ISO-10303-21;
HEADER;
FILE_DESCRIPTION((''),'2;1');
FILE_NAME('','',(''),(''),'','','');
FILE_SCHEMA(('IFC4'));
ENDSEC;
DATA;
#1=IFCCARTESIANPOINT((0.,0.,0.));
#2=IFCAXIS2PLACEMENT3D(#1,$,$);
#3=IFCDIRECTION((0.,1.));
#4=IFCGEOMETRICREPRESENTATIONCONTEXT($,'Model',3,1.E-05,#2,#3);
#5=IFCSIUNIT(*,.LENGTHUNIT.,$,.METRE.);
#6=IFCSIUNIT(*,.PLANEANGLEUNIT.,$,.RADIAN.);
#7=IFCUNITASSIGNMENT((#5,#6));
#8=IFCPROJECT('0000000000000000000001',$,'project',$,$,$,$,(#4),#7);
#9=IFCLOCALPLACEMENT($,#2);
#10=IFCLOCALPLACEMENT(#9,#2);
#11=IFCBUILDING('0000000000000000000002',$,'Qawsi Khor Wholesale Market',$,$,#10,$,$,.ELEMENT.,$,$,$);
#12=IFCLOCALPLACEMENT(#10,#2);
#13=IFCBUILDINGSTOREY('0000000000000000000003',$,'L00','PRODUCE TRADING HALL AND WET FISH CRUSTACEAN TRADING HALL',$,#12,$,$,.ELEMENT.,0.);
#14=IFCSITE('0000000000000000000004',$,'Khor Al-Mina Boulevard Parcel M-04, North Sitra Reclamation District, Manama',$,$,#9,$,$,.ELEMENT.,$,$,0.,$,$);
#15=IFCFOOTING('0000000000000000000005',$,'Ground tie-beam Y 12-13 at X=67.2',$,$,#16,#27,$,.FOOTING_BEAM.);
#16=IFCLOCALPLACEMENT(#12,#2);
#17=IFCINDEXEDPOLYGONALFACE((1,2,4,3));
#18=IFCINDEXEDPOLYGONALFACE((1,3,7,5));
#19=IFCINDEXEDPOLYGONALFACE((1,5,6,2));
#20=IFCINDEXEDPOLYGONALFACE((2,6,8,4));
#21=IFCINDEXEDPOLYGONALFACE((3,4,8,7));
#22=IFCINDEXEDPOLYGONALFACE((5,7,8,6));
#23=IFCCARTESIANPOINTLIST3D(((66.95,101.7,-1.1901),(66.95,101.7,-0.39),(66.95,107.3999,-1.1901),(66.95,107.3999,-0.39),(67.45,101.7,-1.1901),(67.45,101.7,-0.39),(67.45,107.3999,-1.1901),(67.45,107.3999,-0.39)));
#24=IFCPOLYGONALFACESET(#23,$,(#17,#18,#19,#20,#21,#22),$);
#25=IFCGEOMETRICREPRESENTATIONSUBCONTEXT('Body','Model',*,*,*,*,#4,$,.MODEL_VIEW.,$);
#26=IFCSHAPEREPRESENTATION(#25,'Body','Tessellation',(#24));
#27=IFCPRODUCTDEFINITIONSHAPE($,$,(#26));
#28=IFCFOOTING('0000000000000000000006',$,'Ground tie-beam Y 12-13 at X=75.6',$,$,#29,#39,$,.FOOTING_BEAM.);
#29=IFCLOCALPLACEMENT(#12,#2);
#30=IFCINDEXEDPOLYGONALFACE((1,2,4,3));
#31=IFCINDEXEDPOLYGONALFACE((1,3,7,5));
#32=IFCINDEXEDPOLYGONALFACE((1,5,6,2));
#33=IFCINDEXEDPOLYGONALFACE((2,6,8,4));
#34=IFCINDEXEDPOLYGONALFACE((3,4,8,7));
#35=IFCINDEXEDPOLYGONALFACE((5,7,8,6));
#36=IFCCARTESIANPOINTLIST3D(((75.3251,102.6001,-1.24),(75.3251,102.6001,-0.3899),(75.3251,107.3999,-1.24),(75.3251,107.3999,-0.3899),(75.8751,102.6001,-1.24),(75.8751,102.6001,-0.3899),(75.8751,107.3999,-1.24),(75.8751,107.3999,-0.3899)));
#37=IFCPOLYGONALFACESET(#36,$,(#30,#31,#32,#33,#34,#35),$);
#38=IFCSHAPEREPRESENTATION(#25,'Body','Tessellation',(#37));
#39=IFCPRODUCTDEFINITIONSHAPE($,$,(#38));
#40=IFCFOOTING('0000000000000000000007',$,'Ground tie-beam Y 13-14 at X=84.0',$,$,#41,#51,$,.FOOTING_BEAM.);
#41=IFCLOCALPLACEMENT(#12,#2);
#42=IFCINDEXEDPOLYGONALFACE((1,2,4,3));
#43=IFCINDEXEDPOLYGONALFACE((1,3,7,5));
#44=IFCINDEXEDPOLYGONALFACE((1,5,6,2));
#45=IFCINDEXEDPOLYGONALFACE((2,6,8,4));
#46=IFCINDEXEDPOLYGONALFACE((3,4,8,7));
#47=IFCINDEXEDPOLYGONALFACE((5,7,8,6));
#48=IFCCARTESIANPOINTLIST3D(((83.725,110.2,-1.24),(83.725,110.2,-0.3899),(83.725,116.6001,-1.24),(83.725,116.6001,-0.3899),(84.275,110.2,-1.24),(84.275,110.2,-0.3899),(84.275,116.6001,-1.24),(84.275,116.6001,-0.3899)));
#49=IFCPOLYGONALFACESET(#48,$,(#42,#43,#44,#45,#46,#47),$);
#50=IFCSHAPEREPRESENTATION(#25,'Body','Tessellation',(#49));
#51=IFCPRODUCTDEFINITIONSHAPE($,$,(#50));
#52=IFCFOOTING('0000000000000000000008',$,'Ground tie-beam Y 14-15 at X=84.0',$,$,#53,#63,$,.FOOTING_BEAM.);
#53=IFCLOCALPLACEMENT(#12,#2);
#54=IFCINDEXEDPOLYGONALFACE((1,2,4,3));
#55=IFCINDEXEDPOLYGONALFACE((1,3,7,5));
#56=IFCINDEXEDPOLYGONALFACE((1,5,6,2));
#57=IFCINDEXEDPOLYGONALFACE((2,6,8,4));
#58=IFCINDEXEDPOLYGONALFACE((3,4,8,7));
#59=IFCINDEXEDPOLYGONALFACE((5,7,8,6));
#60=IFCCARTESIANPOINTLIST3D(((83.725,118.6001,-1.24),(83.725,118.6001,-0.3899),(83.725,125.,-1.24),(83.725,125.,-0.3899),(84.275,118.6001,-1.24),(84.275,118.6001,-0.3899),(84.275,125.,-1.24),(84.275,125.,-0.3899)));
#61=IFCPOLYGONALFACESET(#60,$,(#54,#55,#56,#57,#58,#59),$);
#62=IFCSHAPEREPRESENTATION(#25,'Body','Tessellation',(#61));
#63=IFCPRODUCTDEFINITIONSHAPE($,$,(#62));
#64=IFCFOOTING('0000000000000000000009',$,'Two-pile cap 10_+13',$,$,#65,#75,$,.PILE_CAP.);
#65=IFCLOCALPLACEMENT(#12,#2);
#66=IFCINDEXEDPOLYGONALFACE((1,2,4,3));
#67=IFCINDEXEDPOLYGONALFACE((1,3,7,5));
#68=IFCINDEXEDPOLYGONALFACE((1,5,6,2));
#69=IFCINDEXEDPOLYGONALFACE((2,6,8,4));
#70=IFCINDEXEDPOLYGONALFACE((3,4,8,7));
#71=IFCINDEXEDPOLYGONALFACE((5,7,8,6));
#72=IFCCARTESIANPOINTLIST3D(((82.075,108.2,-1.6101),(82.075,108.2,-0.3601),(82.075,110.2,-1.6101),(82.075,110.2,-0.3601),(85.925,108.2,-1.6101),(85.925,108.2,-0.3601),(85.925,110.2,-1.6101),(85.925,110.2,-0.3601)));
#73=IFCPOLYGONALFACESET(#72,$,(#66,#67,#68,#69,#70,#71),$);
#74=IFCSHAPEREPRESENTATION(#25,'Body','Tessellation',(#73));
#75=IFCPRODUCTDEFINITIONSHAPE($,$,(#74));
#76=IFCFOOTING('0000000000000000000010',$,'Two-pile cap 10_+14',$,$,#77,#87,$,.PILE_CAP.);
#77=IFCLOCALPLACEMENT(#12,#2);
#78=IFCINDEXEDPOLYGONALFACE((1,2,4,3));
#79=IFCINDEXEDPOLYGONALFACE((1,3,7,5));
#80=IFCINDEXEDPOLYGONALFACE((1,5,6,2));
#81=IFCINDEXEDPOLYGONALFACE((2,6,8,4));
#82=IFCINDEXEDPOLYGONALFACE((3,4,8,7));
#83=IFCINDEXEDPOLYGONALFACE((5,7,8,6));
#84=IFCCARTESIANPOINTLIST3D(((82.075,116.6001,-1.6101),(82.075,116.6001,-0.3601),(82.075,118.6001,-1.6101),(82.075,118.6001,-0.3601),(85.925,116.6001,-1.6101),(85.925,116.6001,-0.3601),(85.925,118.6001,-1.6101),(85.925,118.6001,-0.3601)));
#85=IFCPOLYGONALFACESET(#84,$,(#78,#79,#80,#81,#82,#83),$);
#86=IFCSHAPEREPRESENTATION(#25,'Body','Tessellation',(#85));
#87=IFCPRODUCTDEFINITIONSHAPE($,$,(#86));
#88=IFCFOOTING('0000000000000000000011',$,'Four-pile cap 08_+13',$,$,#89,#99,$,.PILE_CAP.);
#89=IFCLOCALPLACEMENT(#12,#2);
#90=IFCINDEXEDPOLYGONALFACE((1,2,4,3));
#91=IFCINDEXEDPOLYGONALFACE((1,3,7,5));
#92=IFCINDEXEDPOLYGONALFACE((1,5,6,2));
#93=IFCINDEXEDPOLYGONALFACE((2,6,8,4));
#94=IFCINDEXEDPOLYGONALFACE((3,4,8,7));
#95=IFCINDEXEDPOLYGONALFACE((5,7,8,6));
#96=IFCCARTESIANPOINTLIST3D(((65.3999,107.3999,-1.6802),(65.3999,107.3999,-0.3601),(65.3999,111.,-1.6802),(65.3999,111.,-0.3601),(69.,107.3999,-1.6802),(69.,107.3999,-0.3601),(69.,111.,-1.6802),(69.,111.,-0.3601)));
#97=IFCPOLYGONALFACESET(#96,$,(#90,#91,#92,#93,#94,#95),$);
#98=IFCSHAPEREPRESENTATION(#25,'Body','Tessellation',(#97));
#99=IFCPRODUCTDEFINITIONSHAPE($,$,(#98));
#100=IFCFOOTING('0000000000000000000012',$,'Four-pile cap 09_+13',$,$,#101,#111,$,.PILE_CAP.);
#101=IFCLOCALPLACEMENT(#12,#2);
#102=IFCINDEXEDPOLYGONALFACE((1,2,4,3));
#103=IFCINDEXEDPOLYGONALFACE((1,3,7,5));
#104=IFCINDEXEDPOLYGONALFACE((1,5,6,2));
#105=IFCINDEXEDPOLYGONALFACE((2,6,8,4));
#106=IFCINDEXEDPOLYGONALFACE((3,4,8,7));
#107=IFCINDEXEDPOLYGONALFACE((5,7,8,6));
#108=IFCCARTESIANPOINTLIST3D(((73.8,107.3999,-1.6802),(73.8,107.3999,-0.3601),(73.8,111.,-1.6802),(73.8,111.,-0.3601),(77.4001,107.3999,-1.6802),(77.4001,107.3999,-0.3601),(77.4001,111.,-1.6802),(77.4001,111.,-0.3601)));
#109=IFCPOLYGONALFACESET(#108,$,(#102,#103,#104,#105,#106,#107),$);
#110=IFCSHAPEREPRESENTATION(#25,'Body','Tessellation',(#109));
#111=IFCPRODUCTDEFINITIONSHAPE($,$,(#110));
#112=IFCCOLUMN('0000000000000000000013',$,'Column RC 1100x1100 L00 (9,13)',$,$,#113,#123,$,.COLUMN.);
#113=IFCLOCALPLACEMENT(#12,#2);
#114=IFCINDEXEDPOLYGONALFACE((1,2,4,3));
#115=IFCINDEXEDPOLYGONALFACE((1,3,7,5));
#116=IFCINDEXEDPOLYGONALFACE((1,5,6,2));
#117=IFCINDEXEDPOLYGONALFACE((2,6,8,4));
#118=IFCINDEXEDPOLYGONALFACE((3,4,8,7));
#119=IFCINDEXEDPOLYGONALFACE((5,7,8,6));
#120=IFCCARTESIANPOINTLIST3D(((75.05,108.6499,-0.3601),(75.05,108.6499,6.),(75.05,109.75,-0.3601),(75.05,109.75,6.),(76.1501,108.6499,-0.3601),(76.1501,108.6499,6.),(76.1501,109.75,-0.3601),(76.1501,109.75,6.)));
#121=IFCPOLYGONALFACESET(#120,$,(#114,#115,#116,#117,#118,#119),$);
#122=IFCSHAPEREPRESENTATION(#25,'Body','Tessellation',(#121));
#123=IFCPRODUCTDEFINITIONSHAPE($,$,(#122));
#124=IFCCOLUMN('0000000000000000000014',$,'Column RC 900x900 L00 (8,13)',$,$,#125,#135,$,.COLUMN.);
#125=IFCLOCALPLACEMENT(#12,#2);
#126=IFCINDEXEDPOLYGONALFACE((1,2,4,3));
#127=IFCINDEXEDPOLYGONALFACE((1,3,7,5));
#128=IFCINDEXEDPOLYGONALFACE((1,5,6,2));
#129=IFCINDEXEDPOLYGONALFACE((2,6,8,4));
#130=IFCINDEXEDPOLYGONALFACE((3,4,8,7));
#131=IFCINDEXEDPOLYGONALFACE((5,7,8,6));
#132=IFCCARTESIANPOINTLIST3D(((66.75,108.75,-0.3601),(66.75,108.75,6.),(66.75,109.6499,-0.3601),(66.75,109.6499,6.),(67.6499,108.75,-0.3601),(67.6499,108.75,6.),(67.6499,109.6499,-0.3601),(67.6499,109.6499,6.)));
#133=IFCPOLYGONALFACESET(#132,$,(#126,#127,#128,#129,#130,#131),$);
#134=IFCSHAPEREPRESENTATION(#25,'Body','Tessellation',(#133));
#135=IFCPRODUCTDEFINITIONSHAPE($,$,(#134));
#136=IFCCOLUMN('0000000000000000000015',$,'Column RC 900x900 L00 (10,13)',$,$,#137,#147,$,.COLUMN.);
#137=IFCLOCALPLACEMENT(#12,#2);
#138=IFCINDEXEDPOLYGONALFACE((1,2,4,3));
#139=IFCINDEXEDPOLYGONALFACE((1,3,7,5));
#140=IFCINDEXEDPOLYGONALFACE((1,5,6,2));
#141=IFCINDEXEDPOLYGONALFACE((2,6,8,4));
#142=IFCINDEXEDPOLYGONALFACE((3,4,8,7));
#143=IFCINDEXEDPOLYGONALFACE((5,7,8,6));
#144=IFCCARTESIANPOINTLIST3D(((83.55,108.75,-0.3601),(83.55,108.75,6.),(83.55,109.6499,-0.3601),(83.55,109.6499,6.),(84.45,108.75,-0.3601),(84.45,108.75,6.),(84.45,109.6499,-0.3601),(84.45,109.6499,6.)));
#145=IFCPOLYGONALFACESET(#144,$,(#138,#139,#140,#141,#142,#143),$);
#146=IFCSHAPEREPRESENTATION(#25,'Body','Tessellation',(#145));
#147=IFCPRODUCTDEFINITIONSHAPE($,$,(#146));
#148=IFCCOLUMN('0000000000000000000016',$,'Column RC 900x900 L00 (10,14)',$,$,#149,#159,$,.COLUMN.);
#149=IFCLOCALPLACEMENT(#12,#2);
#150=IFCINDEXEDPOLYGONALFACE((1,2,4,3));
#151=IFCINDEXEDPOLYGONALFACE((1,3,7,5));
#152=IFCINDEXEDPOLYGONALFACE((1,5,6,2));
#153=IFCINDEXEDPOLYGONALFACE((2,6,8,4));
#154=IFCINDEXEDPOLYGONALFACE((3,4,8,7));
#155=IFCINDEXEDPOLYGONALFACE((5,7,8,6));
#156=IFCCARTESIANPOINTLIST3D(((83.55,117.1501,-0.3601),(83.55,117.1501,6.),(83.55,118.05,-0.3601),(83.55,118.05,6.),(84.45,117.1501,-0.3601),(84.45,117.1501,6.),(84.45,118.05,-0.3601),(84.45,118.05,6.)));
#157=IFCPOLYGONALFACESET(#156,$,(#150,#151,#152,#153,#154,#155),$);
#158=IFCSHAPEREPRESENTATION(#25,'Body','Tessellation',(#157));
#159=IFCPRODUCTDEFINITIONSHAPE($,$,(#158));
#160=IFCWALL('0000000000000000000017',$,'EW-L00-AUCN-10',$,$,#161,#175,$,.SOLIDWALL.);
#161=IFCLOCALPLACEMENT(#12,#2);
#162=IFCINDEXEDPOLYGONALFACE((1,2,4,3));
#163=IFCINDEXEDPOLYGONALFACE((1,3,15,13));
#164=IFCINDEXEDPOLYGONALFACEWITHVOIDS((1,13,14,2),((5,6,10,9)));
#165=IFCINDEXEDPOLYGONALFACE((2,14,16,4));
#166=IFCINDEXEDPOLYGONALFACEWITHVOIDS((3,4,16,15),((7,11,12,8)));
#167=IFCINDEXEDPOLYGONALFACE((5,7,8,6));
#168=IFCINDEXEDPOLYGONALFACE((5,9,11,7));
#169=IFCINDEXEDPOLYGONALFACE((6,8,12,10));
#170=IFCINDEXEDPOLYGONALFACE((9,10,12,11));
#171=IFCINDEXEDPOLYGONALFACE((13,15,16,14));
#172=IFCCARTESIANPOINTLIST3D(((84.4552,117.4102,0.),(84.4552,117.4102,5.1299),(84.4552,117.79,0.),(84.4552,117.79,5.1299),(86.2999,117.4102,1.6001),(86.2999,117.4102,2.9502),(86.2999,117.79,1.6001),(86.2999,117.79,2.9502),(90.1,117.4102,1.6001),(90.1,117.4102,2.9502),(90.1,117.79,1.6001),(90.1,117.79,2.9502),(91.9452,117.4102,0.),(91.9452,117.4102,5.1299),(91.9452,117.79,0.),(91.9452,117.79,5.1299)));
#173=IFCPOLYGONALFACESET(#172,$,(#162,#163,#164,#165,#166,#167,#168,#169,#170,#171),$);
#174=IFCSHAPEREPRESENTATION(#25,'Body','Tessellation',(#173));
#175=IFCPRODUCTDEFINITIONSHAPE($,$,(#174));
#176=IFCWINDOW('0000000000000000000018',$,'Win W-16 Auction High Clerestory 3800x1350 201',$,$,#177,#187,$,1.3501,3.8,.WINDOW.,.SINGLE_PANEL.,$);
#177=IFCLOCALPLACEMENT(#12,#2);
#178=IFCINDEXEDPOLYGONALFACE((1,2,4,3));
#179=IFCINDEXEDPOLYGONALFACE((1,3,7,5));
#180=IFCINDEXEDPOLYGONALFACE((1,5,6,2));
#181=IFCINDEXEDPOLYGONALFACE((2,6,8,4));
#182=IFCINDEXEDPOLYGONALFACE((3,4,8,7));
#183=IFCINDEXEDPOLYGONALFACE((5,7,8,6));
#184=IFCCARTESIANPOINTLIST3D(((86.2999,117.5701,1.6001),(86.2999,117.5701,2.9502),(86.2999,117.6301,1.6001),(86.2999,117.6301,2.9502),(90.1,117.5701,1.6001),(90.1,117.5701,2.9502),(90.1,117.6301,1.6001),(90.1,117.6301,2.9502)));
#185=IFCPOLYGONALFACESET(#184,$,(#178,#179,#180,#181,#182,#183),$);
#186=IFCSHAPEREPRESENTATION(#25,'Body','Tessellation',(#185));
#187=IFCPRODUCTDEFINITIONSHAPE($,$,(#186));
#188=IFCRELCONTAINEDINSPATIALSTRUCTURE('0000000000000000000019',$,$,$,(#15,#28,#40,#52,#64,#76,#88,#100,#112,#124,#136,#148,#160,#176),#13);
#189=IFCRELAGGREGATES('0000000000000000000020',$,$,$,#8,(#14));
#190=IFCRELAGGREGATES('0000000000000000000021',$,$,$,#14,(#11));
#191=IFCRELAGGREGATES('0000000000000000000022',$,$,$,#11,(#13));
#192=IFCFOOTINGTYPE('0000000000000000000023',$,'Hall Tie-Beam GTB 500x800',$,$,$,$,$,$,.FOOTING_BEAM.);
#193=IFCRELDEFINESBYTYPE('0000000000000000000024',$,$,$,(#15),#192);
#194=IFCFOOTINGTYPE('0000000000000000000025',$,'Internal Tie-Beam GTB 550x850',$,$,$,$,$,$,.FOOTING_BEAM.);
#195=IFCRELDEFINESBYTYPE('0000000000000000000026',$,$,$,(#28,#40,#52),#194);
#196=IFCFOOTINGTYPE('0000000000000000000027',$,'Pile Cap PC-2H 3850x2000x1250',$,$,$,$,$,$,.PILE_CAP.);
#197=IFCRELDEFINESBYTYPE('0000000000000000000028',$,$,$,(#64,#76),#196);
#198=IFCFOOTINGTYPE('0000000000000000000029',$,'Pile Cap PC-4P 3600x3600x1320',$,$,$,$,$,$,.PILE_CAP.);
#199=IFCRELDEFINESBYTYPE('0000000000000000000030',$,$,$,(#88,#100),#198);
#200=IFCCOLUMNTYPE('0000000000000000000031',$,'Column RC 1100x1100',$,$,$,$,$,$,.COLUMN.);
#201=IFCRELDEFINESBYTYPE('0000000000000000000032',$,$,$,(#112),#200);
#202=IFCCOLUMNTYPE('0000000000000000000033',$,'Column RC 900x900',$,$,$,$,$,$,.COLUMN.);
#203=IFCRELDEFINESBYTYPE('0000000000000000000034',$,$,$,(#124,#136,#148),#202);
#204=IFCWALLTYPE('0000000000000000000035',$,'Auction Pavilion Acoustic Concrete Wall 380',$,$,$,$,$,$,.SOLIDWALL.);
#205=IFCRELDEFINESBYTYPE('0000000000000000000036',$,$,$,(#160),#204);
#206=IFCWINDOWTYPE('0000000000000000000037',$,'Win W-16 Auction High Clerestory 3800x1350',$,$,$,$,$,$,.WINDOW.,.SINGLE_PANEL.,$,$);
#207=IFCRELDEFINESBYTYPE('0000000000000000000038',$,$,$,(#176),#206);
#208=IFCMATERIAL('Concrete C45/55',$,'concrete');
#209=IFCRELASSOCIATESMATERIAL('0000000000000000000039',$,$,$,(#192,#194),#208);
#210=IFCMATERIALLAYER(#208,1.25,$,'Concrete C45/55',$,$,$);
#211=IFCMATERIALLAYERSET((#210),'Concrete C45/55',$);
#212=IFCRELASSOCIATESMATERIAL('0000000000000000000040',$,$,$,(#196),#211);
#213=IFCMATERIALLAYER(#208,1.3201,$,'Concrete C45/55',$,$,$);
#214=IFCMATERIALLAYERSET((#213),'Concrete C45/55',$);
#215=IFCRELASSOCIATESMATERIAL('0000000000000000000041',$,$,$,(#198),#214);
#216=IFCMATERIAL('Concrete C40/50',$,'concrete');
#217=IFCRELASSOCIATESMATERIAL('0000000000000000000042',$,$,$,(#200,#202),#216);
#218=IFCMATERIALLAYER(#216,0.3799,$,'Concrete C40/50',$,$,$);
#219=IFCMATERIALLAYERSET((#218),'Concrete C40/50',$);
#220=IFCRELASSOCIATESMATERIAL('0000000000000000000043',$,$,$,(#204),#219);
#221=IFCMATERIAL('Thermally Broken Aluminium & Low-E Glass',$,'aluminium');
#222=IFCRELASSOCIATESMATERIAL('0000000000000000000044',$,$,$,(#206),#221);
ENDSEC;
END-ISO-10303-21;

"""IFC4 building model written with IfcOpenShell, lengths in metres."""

from ifc_helpers import new_model, si_unit, direction, frame, frame_2d, origin, origin_2d, place, context, subcontext, project, spatial, rectangle, extrude, material, layer, layer_set, material_profile, profile_set, type_object, element, fill, save


model = new_model("IFC4")

# Units and contexts
model_context = context("Model", 3, precision=1e-05, world=origin(), true_north=direction((0.0, 1.0)))
body_context = subcontext(model_context, "Body", "Model", "MODEL_VIEW")
ifc_project = project(units=[si_unit("LENGTHUNIT", "METRE"), si_unit("PLANEANGLEUNIT", "RADIAN")], contexts=[model_context])

# Site, building, storey
site_placement = place(None, origin())
site = spatial("IfcSite", under=ifc_project, at=site_placement, Name="Khor Al-Mina Boulevard Parcel M-04, North Sitra Reclamation District, Manama", CompositionType="ELEMENT", RefElevation=0.0)
building_placement = place(site_placement, origin())
building = spatial("IfcBuilding", under=site, at=building_placement, Name="Qawsi Khor Wholesale Market", CompositionType="ELEMENT")
storey_placement = place(building_placement, origin())
storey = spatial("IfcBuildingStorey", under=building, at=storey_placement, Name="L00", Description="PRODUCE TRADING HALL AND WET FISH CRUSTACEAN TRADING HALL", CompositionType="ELEMENT", Elevation=0.0)

# Shared definitions
ifc_material_1 = material(Name="Concrete C45/55", Category="concrete")

# Footings
ifc_material_profile_1 = material_profile(ifc_material_1, rectangle(XDim=0.5, YDim=0.8, at=origin_2d()), Name="RC 500x800")
ifc_profile_set_1 = profile_set([ifc_material_profile_1], Name="Concrete C45/55")
footing_type_1 = type_object("IfcFootingType", Name="Hall Tie-Beam GTB 500x800", PredefinedType="FOOTING_BEAM", material=ifc_profile_set_1)
footing_1_placement = place(storey_placement, frame((67.2, 101.7, -0.79), z_axis=(0.0, 1.0, 0.0), x_axis=(-1.0, 0.0, 0.0)))
element("IfcFooting", 1, at=footing_1_placement, inside=storey, type_object=footing_type_1, Name="Ground tie-beam Y 12-13 at X=67.2", PredefinedType="FOOTING_BEAM", context=body_context, shape_type="SweptSolid", body=[
    extrude(rectangle(XDim=0.5, YDim=0.8, at=origin_2d()), origin(), (0.0, 0.0, 1.0), 5.7),
])
ifc_material_profile_2 = material_profile(ifc_material_1, rectangle(XDim=0.55, YDim=0.8501, at=origin_2d()), Name="RC 550x850")
ifc_profile_set_2 = profile_set([ifc_material_profile_2], Name="Concrete C45/55")
footing_type_2 = type_object("IfcFootingType", Name="Internal Tie-Beam GTB 550x850", PredefinedType="FOOTING_BEAM", material=ifc_profile_set_2)
footing_2_placement = place(storey_placement, frame((75.6001, 102.6001, -0.8149), z_axis=(0.0, 1.0, 0.0), x_axis=(-1.0, 0.0, 0.0)))
element("IfcFooting", 2, at=footing_2_placement, inside=storey, type_object=footing_type_2, Name="Ground tie-beam Y 12-13 at X=75.6", PredefinedType="FOOTING_BEAM", context=body_context, shape_type="SweptSolid", body=[
    extrude(rectangle(XDim=0.55, YDim=0.8501, at=origin_2d()), origin(), (0.0, 0.0, 1.0), 4.7998),
])
footing_3_placement = place(storey_placement, frame((84.0, 110.2, -0.8149), z_axis=(0.0, 1.0, 0.0), x_axis=(-1.0, 0.0, 0.0)))
element("IfcFooting", 3, at=footing_3_placement, inside=storey, type_object=footing_type_2, Name="Ground tie-beam Y 13-14 at X=84.0", PredefinedType="FOOTING_BEAM", context=body_context, shape_type="SweptSolid", body=[
    extrude(rectangle(XDim=0.55, YDim=0.8501, at=origin_2d()), origin(), (0.0, 0.0, 1.0), 6.4001),
])
footing_4_placement = place(storey_placement, frame((84.0, 118.6001, -0.8149), z_axis=(0.0, 1.0, 0.0), x_axis=(-1.0, 0.0, 0.0)))
element("IfcFooting", 4, at=footing_4_placement, inside=storey, type_object=footing_type_2, Name="Ground tie-beam Y 14-15 at X=84.0", PredefinedType="FOOTING_BEAM", context=body_context, shape_type="SweptSolid", body=[
    extrude(rectangle(XDim=0.55, YDim=0.8501, at=origin_2d()), origin(), (0.0, 0.0, 1.0), 6.3999),
])
ifc_layer_1 = layer(ifc_material_1, 1.25, Name="Concrete C45/55")
ifc_layer_set_1 = layer_set([ifc_layer_1], Name="Concrete C45/55")
footing_type_3 = type_object("IfcFootingType", Name="Pile Cap PC-2H 3850x2000x1250", PredefinedType="PILE_CAP", material=ifc_layer_set_1)
for number, where, z_axis, x_axis, name in (
    (5, (84.0, 109.2, -1.6101), (0.0, 0.0, 1.0), (1.0, 0.0, 0.0), "Two-pile cap 10_+13"),
    (6, (84.0, 117.6001, -1.6101), (0.0, 0.0, 1.0), (1.0, 0.0, 0.0), "Two-pile cap 10_+14"),
):
    element("IfcFooting", number, at=place(storey_placement, frame(where, z_axis=z_axis, x_axis=x_axis)), inside=storey, type_object=footing_type_3, Name=name, PredefinedType="PILE_CAP", context=body_context, shape_type="SweptSolid", body=[
        extrude(rectangle(XDim=3.8501, YDim=2.0, at=origin_2d()), origin(), (0.0, 0.0, 1.0), 1.25),
    ])
ifc_layer_2 = layer(ifc_material_1, 1.3201, Name="Concrete C45/55")
ifc_layer_set_2 = layer_set([ifc_layer_2], Name="Concrete C45/55")
footing_type_4 = type_object("IfcFootingType", Name="Pile Cap PC-4P 3600x3600x1320", PredefinedType="PILE_CAP", material=ifc_layer_set_2)
for number, where, z_axis, x_axis, name in (
    (7, (67.2, 109.2, -1.6802), (0.0, 0.0, 1.0), (1.0, 0.0, 0.0), "Four-pile cap 08_+13"),
    (8, (75.6001, 109.2, -1.6802), (0.0, 0.0, 1.0), (1.0, 0.0, 0.0), "Four-pile cap 09_+13"),
):
    element("IfcFooting", number, at=place(storey_placement, frame(where, z_axis=z_axis, x_axis=x_axis)), inside=storey, type_object=footing_type_4, Name=name, PredefinedType="PILE_CAP", context=body_context, shape_type="SweptSolid", body=[
        extrude(rectangle(XDim=3.6001, YDim=3.6001, at=origin_2d()), origin(), (0.0, 0.0, 1.0), 1.3201),
    ])

# Columns
ifc_material_2 = material(Name="Concrete C40/50", Category="concrete")
ifc_material_profile_3 = material_profile(ifc_material_2, rectangle(XDim=1.1001, YDim=1.1001, at=origin_2d()), Name="RC 1100x1100")
ifc_profile_set_3 = profile_set([ifc_material_profile_3], Name="Concrete C40/50")
column_type_1 = type_object("IfcColumnType", Name="Column RC 1100x1100", PredefinedType="COLUMN", material=ifc_profile_set_3)
column_placement = place(storey_placement, frame((75.6001, 109.2, -0.3601), z_axis=(0.0, 0.0, 1.0), x_axis=(1.0, 0.0, 0.0)))
element("IfcColumn", 9, at=column_placement, inside=storey, type_object=column_type_1, Name="Column RC 1100x1100 L00 (9,13)", PredefinedType="COLUMN", context=body_context, shape_type="SweptSolid", body=[
    extrude(rectangle(XDim=1.1001, YDim=1.1001, at=origin_2d()), origin(), (0.0, 0.0, 1.0), 6.3601),
])
ifc_material_profile_4 = material_profile(ifc_material_2, rectangle(XDim=0.8999, YDim=0.8999, at=origin_2d()), Name="RC 900x900")
ifc_profile_set_4 = profile_set([ifc_material_profile_4], Name="Concrete C40/50")
column_type_2 = type_object("IfcColumnType", Name="Column RC 900x900", PredefinedType="COLUMN", material=ifc_profile_set_4)
for number, where, z_axis, x_axis, name in (
    (10, (67.2, 109.2, -0.3601), (0.0, 0.0, 1.0), (1.0, 0.0, 0.0), "Column RC 900x900 L00 (8,13)"),
    (11, (84.0, 109.2, -0.3601), (0.0, 0.0, 1.0), (1.0, 0.0, 0.0), "Column RC 900x900 L00 (10,13)"),
    (12, (84.0, 117.6001, -0.3601), (0.0, 0.0, 1.0), (1.0, 0.0, 0.0), "Column RC 900x900 L00 (10,14)"),
):
    element("IfcColumn", number, at=place(storey_placement, frame(where, z_axis=z_axis, x_axis=x_axis)), inside=storey, type_object=column_type_2, Name=name, PredefinedType="COLUMN", context=body_context, shape_type="SweptSolid", body=[
        extrude(rectangle(XDim=0.8999, YDim=0.8999, at=origin_2d()), origin(), (0.0, 0.0, 1.0), 6.3601),
    ])

# Wall, opening, window
ifc_layer_3 = layer(ifc_material_2, 0.3799, Name="Concrete C40/50")
ifc_layer_set_3 = layer_set([ifc_layer_3], Name="Concrete C40/50")
wall_type_1 = type_object("IfcWallType", Name="Auction Pavilion Acoustic Concrete Wall 380", PredefinedType="SOLIDWALL", material=ifc_layer_set_3)
wall_1_placement = place(storey_placement, frame((84.4551, 117.6001, 0.0), z_axis=(0.0, 0.0, 1.0), x_axis=(1.0, 0.0, 0.0)))
wall_1 = element("IfcWall", 13, at=wall_1_placement, inside=storey, type_object=wall_type_1, Name="EW-L00-AUCN-10", PredefinedType="SOLIDWALL", context=body_context, shape_type="SweptSolid", body=[
    extrude(rectangle(XDim=7.49, YDim=0.3799, at=frame_2d((3.7451, 0.0))), origin(), (0.0, 0.0, 1.0), 5.1299),
])
opening_1_placement = place(wall_1_placement, frame((1.845, 0.0, 1.6001)))
opening_1 = element("IfcOpeningElement", 14, at=opening_1_placement, cuts=wall_1, PredefinedType="OPENING", context=body_context, shape_type="SweptSolid", body=[
    extrude(rectangle(XDim=3.8, YDim=1.3501, at=frame_2d((1.8999, 0.675))), frame((0.0, 0.2, 0.0), z_axis=(0.0, -1.0, 0.0), x_axis=(1.0, 0.0, 0.0)), (0.0, 0.0, 1.0), 0.3999),
])
ifc_material_3 = material(Name="Thermally Broken Aluminium & Low-E Glass", Category="aluminium")
window_type = type_object("IfcWindowType", Name="Win W-16 Auction High Clerestory 3800x1350", PartitioningType="SINGLE_PANEL", PredefinedType="WINDOW", material=ifc_material_3)
window_placement = place(opening_1_placement, origin())
window = element("IfcWindow", 15, at=window_placement, inside=storey, type_object=window_type, Name="Win W-16 Auction High Clerestory 3800x1350 201", OverallHeight=1.3501, OverallWidth=3.8, PartitioningType="SINGLE_PANEL", PredefinedType="WINDOW", context=body_context, shape_type="SweptSolid", body=[
    extrude(rectangle(XDim=3.8, YDim=1.3501, at=frame_2d((1.8999, 0.675))), frame((0.0, 0.03, 0.0), z_axis=(0.0, -1.0, 0.0), x_axis=(1.0, 0.0, 0.0)), (0.0, 0.0, 1.0), 0.0601),
])
fill(opening_1, window)

save(model, "model.ifc")
